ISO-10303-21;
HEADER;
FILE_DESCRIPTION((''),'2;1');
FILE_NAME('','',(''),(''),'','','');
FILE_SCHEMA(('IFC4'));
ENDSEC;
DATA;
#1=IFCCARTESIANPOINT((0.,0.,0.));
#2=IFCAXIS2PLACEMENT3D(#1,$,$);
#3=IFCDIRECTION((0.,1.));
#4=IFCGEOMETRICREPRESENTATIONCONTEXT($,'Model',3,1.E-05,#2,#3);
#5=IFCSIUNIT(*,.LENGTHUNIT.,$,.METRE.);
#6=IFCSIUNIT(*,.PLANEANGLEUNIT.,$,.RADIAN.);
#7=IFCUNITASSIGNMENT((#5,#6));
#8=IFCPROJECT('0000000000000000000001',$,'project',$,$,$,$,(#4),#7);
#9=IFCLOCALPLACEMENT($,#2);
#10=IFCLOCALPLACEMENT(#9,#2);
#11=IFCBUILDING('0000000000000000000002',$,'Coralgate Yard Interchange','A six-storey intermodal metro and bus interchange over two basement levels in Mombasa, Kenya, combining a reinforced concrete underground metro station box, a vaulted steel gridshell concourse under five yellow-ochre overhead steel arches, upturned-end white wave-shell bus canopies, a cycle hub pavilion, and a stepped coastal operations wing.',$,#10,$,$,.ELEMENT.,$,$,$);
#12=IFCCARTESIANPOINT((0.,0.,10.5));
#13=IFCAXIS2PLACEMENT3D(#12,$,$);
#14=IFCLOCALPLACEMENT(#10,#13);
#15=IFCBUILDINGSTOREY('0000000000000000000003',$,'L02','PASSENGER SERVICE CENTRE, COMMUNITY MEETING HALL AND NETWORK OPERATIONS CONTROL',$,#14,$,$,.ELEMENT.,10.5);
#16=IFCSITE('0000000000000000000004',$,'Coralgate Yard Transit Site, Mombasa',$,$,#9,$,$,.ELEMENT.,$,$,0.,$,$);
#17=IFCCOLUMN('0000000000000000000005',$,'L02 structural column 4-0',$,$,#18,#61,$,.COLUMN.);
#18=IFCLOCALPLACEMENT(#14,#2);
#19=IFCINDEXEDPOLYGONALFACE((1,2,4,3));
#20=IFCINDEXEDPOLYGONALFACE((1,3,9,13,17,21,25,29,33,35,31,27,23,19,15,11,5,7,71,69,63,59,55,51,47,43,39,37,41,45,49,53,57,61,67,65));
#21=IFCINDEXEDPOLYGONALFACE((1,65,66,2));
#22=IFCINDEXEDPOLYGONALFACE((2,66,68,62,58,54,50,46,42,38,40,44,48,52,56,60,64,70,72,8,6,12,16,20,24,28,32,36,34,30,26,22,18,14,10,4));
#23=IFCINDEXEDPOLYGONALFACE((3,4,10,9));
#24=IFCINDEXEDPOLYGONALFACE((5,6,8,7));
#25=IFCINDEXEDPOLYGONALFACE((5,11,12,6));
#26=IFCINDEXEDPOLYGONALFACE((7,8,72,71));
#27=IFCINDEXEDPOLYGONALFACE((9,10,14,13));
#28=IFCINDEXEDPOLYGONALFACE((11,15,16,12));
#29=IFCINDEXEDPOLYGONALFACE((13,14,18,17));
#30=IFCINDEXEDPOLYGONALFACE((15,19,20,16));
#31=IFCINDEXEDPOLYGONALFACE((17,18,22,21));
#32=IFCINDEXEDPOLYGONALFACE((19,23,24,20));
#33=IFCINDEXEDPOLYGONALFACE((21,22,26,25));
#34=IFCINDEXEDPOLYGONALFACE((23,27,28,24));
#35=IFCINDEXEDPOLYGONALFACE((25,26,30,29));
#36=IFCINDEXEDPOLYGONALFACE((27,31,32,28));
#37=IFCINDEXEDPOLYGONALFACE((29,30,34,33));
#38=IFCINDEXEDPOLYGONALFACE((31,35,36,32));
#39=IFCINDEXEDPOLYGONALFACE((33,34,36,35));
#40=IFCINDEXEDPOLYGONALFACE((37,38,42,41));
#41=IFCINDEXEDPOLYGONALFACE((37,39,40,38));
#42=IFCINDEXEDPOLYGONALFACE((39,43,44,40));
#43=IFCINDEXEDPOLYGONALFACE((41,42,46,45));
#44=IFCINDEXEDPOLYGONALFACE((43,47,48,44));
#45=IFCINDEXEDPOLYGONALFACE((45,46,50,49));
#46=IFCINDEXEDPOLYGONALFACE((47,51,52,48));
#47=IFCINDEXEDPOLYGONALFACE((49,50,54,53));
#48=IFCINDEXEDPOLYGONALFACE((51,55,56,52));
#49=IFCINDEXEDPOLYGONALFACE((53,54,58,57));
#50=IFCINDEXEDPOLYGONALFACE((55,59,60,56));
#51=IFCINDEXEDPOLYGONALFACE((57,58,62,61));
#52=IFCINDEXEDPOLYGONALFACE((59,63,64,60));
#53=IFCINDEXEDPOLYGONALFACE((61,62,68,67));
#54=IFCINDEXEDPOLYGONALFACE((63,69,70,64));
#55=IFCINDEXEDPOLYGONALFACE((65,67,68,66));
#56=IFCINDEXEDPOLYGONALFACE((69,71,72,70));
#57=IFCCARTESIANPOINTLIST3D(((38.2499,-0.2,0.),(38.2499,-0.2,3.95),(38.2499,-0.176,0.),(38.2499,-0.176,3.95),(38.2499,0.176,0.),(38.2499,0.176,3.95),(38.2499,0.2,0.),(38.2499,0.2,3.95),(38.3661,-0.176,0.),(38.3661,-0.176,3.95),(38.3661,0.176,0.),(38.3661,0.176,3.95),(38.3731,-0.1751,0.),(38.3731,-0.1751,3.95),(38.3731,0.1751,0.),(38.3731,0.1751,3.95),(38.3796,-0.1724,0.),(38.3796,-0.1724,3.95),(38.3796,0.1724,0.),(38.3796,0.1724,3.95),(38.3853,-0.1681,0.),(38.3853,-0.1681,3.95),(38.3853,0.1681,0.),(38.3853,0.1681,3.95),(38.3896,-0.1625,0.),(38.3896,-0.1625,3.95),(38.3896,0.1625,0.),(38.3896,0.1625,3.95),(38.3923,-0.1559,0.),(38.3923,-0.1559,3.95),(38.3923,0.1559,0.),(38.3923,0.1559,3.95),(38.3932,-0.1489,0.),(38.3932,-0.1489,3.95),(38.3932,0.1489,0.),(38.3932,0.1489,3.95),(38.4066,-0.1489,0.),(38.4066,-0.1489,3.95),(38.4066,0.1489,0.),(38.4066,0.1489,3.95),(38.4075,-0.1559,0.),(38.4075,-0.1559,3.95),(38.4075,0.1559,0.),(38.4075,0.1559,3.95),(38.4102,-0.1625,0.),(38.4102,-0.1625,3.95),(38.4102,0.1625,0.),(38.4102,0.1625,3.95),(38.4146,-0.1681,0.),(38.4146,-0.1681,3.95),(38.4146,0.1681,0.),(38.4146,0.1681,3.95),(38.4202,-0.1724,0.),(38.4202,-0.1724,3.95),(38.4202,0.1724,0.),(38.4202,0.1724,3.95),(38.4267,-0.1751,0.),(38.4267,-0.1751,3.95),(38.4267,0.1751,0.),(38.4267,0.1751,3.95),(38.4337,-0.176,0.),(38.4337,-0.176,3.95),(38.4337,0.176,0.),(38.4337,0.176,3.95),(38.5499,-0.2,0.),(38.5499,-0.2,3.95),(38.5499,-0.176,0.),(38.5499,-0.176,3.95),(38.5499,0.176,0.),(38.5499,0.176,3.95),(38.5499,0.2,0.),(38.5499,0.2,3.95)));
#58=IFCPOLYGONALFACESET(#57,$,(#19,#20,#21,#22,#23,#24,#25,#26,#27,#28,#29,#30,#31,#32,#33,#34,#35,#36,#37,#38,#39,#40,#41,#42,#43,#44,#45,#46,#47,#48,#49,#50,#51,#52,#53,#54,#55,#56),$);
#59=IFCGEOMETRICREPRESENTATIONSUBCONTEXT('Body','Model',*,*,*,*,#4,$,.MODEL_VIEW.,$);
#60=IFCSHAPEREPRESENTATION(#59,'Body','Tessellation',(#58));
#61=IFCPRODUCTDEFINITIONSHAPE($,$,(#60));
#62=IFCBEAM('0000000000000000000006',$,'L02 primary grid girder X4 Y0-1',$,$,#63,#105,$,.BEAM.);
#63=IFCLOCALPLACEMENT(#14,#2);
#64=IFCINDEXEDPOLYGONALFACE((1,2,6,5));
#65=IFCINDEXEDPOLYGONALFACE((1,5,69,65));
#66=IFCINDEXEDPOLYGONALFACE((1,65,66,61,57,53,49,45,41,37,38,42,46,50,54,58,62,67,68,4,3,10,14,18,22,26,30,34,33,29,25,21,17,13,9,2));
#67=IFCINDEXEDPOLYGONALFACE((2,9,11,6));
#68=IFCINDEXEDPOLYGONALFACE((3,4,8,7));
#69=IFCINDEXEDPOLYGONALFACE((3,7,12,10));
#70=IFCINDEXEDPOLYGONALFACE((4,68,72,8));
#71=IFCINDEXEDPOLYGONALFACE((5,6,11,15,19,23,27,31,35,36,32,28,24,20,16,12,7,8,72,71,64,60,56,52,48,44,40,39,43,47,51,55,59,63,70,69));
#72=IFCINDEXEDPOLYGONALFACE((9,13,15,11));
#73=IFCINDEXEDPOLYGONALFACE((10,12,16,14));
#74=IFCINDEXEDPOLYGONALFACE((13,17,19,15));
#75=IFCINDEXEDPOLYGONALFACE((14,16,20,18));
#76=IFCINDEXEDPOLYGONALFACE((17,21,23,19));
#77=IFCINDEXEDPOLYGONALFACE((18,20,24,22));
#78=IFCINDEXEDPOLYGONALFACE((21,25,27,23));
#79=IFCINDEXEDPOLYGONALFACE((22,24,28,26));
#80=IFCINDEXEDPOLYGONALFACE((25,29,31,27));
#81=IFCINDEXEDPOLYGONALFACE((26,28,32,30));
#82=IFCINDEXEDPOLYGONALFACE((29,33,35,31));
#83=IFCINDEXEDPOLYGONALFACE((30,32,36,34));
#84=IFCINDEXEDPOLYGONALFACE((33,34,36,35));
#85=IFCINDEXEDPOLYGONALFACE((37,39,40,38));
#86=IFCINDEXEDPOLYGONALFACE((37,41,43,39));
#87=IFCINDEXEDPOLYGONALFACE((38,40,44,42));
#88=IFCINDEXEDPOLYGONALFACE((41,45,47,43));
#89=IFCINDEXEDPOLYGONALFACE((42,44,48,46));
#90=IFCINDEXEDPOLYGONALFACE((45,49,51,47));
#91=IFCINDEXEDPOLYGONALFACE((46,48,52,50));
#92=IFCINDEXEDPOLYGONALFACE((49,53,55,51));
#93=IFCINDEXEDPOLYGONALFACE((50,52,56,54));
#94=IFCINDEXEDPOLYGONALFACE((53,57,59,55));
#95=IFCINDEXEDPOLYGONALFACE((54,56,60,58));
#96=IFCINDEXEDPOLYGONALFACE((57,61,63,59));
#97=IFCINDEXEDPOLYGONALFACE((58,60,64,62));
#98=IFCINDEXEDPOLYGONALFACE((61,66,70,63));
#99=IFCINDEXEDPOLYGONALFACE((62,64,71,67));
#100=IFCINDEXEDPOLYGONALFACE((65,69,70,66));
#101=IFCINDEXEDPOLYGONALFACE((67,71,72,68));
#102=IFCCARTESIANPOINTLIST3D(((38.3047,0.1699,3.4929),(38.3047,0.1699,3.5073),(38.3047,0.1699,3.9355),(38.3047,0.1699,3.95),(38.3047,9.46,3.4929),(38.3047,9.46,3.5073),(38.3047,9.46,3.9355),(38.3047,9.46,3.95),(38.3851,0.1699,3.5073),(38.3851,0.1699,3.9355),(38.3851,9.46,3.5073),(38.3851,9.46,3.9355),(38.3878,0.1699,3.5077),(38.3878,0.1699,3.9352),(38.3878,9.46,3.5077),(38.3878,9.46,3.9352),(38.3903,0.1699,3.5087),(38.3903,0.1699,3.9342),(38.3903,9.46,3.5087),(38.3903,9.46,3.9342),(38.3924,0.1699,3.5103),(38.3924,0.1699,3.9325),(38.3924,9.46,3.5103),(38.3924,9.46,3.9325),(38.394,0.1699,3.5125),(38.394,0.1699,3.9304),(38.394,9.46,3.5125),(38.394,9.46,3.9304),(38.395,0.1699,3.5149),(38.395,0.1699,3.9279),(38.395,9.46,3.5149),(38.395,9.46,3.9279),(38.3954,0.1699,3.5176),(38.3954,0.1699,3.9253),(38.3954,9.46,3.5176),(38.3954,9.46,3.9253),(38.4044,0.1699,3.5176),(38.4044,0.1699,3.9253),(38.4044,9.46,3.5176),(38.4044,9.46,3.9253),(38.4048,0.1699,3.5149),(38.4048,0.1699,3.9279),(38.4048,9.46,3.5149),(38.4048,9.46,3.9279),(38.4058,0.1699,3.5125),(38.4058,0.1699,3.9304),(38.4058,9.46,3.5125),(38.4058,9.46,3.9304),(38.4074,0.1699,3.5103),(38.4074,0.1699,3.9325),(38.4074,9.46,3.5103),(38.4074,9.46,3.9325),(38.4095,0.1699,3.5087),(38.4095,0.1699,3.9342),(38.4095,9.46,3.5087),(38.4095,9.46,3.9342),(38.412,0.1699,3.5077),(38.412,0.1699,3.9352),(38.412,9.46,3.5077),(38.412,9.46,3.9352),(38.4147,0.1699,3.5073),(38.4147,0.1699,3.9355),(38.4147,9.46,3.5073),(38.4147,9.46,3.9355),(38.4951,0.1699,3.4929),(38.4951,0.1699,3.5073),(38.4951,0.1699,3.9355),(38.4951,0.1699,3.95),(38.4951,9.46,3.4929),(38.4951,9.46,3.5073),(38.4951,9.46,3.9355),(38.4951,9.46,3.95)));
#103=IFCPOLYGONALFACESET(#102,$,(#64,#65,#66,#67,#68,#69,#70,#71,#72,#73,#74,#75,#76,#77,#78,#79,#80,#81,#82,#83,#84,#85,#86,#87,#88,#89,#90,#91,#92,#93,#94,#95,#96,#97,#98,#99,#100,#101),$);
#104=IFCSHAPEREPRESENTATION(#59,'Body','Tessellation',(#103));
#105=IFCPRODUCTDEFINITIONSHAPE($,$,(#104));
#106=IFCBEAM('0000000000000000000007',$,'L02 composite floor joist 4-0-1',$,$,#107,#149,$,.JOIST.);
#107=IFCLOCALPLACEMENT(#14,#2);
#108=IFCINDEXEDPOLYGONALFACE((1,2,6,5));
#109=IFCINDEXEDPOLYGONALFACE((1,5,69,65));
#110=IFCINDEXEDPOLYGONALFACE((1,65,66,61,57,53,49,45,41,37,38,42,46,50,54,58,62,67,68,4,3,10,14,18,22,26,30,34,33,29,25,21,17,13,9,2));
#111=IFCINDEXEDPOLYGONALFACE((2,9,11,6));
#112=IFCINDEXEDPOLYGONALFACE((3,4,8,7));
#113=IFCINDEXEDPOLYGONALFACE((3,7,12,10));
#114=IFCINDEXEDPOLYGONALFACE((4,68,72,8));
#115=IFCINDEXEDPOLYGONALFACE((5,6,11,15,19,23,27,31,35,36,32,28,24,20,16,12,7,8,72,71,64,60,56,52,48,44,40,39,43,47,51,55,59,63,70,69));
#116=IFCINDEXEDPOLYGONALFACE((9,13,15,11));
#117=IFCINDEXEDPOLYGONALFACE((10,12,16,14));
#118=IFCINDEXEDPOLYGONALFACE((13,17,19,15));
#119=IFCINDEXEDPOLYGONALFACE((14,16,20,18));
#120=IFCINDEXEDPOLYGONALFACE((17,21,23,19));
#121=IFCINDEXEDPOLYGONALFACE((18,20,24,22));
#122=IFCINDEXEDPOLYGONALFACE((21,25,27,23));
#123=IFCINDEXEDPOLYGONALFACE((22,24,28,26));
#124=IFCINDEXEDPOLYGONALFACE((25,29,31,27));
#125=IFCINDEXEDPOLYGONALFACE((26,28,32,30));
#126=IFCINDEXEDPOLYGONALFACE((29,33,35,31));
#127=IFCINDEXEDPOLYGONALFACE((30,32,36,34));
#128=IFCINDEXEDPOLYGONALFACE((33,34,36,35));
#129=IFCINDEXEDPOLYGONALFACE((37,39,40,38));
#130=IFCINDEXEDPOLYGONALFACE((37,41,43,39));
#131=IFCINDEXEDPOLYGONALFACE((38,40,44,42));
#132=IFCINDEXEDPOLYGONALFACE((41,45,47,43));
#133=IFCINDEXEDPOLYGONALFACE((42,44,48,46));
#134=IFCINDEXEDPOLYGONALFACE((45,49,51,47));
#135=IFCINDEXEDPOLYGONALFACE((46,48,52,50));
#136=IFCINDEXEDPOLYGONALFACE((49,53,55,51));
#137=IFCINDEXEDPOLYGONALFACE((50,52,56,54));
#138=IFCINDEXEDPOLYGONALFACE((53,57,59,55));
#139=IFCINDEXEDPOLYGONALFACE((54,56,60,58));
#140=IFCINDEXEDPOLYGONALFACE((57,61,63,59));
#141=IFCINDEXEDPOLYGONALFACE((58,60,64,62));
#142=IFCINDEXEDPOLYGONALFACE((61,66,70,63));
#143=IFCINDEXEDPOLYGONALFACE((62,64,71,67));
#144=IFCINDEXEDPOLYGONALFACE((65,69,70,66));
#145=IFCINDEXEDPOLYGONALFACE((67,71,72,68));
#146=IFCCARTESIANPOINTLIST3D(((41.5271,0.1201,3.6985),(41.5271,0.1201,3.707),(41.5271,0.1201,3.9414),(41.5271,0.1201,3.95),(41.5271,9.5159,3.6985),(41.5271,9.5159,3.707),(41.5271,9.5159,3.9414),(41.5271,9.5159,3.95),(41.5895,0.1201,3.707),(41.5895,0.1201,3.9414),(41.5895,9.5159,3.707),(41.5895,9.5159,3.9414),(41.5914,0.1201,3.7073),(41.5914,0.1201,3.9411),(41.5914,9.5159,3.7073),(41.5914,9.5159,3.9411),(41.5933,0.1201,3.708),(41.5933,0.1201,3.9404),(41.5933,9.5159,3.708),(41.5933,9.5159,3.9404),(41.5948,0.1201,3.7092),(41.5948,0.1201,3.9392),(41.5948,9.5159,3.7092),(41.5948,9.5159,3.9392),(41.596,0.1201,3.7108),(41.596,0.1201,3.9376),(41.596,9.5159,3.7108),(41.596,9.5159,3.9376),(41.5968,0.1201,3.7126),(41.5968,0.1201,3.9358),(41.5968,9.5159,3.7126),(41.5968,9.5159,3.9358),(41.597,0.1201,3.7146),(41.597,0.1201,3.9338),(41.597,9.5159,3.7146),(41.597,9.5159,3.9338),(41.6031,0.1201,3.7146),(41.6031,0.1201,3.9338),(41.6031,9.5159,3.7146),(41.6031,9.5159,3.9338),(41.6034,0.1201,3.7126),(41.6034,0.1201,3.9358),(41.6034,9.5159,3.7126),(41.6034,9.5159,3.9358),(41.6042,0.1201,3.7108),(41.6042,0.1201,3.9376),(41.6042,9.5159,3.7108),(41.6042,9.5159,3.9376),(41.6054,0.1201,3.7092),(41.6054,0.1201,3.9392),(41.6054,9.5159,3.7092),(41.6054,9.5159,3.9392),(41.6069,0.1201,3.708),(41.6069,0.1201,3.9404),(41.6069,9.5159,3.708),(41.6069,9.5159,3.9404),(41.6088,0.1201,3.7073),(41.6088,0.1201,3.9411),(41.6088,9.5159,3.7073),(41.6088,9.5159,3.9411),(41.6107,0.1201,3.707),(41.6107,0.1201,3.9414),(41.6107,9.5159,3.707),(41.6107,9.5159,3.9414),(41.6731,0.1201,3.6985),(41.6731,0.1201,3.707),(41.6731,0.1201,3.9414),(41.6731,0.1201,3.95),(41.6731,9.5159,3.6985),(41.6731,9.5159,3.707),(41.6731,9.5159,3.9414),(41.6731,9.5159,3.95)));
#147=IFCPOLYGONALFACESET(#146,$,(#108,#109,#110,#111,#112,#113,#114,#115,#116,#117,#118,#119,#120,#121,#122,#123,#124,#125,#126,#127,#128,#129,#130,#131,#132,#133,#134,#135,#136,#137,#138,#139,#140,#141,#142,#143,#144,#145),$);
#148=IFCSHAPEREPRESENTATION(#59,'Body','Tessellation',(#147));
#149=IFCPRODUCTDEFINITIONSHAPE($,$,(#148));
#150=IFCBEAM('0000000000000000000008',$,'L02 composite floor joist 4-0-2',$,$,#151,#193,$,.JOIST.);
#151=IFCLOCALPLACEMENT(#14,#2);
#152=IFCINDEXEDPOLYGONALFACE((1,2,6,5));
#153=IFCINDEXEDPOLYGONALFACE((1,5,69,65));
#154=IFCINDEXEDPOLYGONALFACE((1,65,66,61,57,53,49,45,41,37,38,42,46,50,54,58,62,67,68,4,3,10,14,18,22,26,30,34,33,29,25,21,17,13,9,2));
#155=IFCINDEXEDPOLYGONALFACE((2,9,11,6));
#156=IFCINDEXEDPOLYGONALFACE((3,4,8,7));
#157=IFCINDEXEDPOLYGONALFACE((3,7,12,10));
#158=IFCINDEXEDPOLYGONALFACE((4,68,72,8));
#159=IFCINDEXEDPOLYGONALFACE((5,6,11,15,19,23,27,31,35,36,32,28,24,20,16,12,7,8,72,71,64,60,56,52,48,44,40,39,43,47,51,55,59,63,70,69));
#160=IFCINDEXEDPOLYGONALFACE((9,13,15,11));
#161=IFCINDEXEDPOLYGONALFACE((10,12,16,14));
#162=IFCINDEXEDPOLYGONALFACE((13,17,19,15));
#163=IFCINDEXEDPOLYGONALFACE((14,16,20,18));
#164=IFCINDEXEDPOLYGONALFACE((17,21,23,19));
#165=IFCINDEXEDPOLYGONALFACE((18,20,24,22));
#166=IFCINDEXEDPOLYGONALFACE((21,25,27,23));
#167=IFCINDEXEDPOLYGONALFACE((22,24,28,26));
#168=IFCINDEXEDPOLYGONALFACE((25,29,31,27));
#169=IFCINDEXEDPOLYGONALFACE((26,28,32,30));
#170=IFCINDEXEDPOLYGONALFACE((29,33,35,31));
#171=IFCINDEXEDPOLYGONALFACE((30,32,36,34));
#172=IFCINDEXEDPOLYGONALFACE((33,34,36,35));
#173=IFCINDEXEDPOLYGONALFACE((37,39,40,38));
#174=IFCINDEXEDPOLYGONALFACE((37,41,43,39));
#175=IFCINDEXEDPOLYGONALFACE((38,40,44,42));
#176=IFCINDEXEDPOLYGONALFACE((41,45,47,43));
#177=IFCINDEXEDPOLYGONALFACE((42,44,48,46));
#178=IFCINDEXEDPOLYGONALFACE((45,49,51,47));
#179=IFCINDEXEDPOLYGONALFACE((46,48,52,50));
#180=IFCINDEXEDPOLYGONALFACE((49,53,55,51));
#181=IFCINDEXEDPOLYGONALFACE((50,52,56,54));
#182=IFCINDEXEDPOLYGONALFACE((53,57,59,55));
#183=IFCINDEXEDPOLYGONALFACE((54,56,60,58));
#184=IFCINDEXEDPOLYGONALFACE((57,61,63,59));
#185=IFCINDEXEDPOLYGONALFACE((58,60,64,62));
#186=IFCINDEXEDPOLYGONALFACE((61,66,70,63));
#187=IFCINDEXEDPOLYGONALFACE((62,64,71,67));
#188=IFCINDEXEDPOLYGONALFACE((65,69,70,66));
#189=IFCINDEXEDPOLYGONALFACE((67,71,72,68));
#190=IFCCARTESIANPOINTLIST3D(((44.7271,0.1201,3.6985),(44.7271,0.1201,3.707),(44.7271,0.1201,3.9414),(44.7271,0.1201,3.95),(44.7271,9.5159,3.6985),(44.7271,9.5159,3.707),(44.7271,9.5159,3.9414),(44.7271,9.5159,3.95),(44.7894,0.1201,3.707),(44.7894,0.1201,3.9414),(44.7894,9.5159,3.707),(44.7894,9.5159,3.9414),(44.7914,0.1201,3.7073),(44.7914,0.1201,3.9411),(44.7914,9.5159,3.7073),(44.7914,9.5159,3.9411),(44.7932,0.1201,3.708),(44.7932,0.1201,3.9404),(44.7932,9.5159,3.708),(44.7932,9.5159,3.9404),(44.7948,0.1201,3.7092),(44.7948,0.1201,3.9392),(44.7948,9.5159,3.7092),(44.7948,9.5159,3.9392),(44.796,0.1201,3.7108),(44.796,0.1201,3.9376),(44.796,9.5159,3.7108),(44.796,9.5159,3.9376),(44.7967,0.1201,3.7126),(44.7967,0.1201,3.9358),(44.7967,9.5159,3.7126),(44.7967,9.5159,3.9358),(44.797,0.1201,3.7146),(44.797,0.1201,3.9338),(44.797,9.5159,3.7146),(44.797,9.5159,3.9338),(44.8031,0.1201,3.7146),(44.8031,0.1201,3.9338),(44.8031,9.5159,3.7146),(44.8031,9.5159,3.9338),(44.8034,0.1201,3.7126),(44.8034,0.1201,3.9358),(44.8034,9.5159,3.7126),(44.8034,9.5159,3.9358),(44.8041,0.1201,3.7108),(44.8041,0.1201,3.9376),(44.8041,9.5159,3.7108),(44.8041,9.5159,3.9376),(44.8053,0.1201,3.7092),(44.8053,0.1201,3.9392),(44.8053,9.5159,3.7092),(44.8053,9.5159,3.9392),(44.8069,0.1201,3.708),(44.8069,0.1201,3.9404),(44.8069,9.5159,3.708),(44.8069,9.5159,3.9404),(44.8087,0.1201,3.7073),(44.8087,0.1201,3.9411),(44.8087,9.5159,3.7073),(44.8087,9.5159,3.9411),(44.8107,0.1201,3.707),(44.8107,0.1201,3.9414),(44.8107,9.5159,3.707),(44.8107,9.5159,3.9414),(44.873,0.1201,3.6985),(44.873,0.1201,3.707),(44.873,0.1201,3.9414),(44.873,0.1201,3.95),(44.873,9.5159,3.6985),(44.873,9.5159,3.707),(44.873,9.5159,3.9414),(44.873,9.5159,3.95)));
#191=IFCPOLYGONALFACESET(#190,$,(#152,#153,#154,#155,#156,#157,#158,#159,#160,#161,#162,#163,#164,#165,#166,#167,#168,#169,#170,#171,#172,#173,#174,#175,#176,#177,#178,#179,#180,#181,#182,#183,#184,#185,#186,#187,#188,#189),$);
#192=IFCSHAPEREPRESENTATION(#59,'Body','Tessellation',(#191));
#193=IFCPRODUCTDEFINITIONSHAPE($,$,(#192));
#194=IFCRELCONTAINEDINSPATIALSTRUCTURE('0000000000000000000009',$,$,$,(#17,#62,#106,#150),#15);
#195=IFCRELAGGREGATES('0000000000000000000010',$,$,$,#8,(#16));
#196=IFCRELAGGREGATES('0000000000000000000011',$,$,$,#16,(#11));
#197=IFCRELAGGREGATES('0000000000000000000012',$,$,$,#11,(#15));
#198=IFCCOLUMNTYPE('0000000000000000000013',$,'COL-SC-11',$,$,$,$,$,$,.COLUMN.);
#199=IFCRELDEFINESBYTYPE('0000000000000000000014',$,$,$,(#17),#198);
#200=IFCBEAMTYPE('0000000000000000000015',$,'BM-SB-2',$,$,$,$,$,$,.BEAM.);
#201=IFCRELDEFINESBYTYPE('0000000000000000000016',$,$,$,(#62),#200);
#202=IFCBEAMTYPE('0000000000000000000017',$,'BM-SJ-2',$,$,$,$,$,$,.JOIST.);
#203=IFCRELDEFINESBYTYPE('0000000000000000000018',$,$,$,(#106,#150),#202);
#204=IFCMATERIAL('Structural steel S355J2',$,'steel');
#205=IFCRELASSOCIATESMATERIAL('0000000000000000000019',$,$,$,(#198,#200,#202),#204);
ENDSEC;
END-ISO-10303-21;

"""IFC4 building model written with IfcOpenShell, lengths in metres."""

from ifc_helpers import new_model, si_unit, direction, frame, origin, origin_2d, place, context, subcontext, project, spatial, i_section, extrude, material, material_profile, profile_set, type_object, element, save


model = new_model("IFC4")

# Units and contexts
model_context = context("Model", 3, precision=1e-05, world=origin(), true_north=direction((0.0, 1.0)))
body_context = subcontext(model_context, "Body", "Model", "MODEL_VIEW")
ifc_project = project(units=[si_unit("LENGTHUNIT", "METRE"), si_unit("PLANEANGLEUNIT", "RADIAN")], contexts=[model_context])

# Site, building, storey
site_placement = place(None, origin())
site = spatial("IfcSite", under=ifc_project, at=site_placement, Name="Coralgate Yard Transit Site, Mombasa", CompositionType="ELEMENT", RefElevation=0.0)
building_placement = place(site_placement, origin())
building = spatial("IfcBuilding", under=site, at=building_placement, Name="Coralgate Yard Interchange", Description="A six-storey intermodal metro and bus interchange over two basement levels in Mombasa, Kenya, combining a reinforced concrete underground metro station box, a vaulted steel gridshell concourse under five yellow-ochre overhead steel arches, upturned-end white wave-shell bus canopies, a cycle hub pavilion, and a stepped coastal operations wing.", CompositionType="ELEMENT")
storey_placement = place(building_placement, frame((0.0, 0.0, 10.5)))
storey = spatial("IfcBuildingStorey", under=building, at=storey_placement, Name="L02", Description="PASSENGER SERVICE CENTRE, COMMUNITY MEETING HALL AND NETWORK OPERATIONS CONTROL", CompositionType="ELEMENT", Elevation=10.5)

# Column
ifc_material_1 = material(Name="Structural steel S355J2", Category="steel")
ifc_material_profile_1 = material_profile(ifc_material_1, i_section(OverallWidth=0.3, OverallDepth=0.3999, WebThickness=0.0134, FlangeThickness=0.0239, FilletRadius=0.0271, at=origin_2d()), Name="HEB 400")
ifc_profile_set_1 = profile_set([ifc_material_profile_1], Name="Structural steel S355J2")
column_type = type_object("IfcColumnType", Name="COL-SC-11", PredefinedType="COLUMN", material=ifc_profile_set_1)
column_placement = place(storey_placement, frame((38.3999, 0.0, 0.0), z_axis=(0.0, 0.0, 1.0), x_axis=(1.0, 0.0, 0.0)))
element("IfcColumn", 1, at=column_placement, inside=storey, type_object=column_type, Name="L02 structural column 4-0", PredefinedType="COLUMN", context=body_context, shape_type="SweptSolid", body=[
    extrude(i_section(OverallWidth=0.3, OverallDepth=0.3999, WebThickness=0.0134, FlangeThickness=0.0239, FilletRadius=0.0271, at=origin_2d()), origin(), (0.0, 0.0, 1.0), 3.95),
])

# Beams
ifc_material_profile_2 = material_profile(ifc_material_1, i_section(OverallWidth=0.1904, OverallDepth=0.457, WebThickness=0.009, FlangeThickness=0.0144, FilletRadius=0.0103, at=origin_2d()), Name="UB 457x191x74")
ifc_profile_set_2 = profile_set([ifc_material_profile_2], Name="Structural steel S355J2")
beam_type_1 = type_object("IfcBeamType", Name="BM-SB-2", PredefinedType="BEAM", material=ifc_profile_set_2)
beam_1_placement = place(storey_placement, frame((38.3999, 0.1699, 3.7214), z_axis=(0.0, 1.0, 0.0), x_axis=(-1.0, 0.0, 0.0)))
element("IfcBeam", 2, at=beam_1_placement, inside=storey, type_object=beam_type_1, Name="L02 primary grid girder X4 Y0-1", PredefinedType="BEAM", context=body_context, shape_type="SweptSolid", body=[
    extrude(i_section(OverallWidth=0.1904, OverallDepth=0.457, WebThickness=0.009, FlangeThickness=0.0144, FilletRadius=0.0103, at=origin_2d()), origin(), (0.0, 0.0, 1.0), 9.29),
])
ifc_material_profile_3 = material_profile(ifc_material_1, i_section(OverallWidth=0.146, OverallDepth=0.2515, WebThickness=0.0061, FlangeThickness=0.0085, FilletRadius=0.0076, at=origin_2d()), Name="UB 254x146x31")
ifc_profile_set_3 = profile_set([ifc_material_profile_3], Name="Structural steel S355J2")
beam_type_2 = type_object("IfcBeamType", Name="BM-SJ-2", PredefinedType="JOIST", material=ifc_profile_set_3)
for number, where, z_axis, x_axis, name in (
    (3, (41.6001, 0.1201, 3.8242), (0.0, 1.0, 0.0), (-1.0, 0.0, 0.0), "L02 composite floor joist 4-0-1"),
    (4, (44.8, 0.1201, 3.8242), (0.0, 1.0, 0.0), (-1.0, 0.0, 0.0), "L02 composite floor joist 4-0-2"),
):
    element("IfcBeam", number, at=place(storey_placement, frame(where, z_axis=z_axis, x_axis=x_axis)), inside=storey, type_object=beam_type_2, Name=name, PredefinedType="JOIST", context=body_context, shape_type="SweptSolid", body=[
        extrude(i_section(OverallWidth=0.146, OverallDepth=0.2515, WebThickness=0.0061, FlangeThickness=0.0085, FilletRadius=0.0076, at=origin_2d()), origin(), (0.0, 0.0, 1.0), 9.3958),
    ])

save(model, "model.ifc")
